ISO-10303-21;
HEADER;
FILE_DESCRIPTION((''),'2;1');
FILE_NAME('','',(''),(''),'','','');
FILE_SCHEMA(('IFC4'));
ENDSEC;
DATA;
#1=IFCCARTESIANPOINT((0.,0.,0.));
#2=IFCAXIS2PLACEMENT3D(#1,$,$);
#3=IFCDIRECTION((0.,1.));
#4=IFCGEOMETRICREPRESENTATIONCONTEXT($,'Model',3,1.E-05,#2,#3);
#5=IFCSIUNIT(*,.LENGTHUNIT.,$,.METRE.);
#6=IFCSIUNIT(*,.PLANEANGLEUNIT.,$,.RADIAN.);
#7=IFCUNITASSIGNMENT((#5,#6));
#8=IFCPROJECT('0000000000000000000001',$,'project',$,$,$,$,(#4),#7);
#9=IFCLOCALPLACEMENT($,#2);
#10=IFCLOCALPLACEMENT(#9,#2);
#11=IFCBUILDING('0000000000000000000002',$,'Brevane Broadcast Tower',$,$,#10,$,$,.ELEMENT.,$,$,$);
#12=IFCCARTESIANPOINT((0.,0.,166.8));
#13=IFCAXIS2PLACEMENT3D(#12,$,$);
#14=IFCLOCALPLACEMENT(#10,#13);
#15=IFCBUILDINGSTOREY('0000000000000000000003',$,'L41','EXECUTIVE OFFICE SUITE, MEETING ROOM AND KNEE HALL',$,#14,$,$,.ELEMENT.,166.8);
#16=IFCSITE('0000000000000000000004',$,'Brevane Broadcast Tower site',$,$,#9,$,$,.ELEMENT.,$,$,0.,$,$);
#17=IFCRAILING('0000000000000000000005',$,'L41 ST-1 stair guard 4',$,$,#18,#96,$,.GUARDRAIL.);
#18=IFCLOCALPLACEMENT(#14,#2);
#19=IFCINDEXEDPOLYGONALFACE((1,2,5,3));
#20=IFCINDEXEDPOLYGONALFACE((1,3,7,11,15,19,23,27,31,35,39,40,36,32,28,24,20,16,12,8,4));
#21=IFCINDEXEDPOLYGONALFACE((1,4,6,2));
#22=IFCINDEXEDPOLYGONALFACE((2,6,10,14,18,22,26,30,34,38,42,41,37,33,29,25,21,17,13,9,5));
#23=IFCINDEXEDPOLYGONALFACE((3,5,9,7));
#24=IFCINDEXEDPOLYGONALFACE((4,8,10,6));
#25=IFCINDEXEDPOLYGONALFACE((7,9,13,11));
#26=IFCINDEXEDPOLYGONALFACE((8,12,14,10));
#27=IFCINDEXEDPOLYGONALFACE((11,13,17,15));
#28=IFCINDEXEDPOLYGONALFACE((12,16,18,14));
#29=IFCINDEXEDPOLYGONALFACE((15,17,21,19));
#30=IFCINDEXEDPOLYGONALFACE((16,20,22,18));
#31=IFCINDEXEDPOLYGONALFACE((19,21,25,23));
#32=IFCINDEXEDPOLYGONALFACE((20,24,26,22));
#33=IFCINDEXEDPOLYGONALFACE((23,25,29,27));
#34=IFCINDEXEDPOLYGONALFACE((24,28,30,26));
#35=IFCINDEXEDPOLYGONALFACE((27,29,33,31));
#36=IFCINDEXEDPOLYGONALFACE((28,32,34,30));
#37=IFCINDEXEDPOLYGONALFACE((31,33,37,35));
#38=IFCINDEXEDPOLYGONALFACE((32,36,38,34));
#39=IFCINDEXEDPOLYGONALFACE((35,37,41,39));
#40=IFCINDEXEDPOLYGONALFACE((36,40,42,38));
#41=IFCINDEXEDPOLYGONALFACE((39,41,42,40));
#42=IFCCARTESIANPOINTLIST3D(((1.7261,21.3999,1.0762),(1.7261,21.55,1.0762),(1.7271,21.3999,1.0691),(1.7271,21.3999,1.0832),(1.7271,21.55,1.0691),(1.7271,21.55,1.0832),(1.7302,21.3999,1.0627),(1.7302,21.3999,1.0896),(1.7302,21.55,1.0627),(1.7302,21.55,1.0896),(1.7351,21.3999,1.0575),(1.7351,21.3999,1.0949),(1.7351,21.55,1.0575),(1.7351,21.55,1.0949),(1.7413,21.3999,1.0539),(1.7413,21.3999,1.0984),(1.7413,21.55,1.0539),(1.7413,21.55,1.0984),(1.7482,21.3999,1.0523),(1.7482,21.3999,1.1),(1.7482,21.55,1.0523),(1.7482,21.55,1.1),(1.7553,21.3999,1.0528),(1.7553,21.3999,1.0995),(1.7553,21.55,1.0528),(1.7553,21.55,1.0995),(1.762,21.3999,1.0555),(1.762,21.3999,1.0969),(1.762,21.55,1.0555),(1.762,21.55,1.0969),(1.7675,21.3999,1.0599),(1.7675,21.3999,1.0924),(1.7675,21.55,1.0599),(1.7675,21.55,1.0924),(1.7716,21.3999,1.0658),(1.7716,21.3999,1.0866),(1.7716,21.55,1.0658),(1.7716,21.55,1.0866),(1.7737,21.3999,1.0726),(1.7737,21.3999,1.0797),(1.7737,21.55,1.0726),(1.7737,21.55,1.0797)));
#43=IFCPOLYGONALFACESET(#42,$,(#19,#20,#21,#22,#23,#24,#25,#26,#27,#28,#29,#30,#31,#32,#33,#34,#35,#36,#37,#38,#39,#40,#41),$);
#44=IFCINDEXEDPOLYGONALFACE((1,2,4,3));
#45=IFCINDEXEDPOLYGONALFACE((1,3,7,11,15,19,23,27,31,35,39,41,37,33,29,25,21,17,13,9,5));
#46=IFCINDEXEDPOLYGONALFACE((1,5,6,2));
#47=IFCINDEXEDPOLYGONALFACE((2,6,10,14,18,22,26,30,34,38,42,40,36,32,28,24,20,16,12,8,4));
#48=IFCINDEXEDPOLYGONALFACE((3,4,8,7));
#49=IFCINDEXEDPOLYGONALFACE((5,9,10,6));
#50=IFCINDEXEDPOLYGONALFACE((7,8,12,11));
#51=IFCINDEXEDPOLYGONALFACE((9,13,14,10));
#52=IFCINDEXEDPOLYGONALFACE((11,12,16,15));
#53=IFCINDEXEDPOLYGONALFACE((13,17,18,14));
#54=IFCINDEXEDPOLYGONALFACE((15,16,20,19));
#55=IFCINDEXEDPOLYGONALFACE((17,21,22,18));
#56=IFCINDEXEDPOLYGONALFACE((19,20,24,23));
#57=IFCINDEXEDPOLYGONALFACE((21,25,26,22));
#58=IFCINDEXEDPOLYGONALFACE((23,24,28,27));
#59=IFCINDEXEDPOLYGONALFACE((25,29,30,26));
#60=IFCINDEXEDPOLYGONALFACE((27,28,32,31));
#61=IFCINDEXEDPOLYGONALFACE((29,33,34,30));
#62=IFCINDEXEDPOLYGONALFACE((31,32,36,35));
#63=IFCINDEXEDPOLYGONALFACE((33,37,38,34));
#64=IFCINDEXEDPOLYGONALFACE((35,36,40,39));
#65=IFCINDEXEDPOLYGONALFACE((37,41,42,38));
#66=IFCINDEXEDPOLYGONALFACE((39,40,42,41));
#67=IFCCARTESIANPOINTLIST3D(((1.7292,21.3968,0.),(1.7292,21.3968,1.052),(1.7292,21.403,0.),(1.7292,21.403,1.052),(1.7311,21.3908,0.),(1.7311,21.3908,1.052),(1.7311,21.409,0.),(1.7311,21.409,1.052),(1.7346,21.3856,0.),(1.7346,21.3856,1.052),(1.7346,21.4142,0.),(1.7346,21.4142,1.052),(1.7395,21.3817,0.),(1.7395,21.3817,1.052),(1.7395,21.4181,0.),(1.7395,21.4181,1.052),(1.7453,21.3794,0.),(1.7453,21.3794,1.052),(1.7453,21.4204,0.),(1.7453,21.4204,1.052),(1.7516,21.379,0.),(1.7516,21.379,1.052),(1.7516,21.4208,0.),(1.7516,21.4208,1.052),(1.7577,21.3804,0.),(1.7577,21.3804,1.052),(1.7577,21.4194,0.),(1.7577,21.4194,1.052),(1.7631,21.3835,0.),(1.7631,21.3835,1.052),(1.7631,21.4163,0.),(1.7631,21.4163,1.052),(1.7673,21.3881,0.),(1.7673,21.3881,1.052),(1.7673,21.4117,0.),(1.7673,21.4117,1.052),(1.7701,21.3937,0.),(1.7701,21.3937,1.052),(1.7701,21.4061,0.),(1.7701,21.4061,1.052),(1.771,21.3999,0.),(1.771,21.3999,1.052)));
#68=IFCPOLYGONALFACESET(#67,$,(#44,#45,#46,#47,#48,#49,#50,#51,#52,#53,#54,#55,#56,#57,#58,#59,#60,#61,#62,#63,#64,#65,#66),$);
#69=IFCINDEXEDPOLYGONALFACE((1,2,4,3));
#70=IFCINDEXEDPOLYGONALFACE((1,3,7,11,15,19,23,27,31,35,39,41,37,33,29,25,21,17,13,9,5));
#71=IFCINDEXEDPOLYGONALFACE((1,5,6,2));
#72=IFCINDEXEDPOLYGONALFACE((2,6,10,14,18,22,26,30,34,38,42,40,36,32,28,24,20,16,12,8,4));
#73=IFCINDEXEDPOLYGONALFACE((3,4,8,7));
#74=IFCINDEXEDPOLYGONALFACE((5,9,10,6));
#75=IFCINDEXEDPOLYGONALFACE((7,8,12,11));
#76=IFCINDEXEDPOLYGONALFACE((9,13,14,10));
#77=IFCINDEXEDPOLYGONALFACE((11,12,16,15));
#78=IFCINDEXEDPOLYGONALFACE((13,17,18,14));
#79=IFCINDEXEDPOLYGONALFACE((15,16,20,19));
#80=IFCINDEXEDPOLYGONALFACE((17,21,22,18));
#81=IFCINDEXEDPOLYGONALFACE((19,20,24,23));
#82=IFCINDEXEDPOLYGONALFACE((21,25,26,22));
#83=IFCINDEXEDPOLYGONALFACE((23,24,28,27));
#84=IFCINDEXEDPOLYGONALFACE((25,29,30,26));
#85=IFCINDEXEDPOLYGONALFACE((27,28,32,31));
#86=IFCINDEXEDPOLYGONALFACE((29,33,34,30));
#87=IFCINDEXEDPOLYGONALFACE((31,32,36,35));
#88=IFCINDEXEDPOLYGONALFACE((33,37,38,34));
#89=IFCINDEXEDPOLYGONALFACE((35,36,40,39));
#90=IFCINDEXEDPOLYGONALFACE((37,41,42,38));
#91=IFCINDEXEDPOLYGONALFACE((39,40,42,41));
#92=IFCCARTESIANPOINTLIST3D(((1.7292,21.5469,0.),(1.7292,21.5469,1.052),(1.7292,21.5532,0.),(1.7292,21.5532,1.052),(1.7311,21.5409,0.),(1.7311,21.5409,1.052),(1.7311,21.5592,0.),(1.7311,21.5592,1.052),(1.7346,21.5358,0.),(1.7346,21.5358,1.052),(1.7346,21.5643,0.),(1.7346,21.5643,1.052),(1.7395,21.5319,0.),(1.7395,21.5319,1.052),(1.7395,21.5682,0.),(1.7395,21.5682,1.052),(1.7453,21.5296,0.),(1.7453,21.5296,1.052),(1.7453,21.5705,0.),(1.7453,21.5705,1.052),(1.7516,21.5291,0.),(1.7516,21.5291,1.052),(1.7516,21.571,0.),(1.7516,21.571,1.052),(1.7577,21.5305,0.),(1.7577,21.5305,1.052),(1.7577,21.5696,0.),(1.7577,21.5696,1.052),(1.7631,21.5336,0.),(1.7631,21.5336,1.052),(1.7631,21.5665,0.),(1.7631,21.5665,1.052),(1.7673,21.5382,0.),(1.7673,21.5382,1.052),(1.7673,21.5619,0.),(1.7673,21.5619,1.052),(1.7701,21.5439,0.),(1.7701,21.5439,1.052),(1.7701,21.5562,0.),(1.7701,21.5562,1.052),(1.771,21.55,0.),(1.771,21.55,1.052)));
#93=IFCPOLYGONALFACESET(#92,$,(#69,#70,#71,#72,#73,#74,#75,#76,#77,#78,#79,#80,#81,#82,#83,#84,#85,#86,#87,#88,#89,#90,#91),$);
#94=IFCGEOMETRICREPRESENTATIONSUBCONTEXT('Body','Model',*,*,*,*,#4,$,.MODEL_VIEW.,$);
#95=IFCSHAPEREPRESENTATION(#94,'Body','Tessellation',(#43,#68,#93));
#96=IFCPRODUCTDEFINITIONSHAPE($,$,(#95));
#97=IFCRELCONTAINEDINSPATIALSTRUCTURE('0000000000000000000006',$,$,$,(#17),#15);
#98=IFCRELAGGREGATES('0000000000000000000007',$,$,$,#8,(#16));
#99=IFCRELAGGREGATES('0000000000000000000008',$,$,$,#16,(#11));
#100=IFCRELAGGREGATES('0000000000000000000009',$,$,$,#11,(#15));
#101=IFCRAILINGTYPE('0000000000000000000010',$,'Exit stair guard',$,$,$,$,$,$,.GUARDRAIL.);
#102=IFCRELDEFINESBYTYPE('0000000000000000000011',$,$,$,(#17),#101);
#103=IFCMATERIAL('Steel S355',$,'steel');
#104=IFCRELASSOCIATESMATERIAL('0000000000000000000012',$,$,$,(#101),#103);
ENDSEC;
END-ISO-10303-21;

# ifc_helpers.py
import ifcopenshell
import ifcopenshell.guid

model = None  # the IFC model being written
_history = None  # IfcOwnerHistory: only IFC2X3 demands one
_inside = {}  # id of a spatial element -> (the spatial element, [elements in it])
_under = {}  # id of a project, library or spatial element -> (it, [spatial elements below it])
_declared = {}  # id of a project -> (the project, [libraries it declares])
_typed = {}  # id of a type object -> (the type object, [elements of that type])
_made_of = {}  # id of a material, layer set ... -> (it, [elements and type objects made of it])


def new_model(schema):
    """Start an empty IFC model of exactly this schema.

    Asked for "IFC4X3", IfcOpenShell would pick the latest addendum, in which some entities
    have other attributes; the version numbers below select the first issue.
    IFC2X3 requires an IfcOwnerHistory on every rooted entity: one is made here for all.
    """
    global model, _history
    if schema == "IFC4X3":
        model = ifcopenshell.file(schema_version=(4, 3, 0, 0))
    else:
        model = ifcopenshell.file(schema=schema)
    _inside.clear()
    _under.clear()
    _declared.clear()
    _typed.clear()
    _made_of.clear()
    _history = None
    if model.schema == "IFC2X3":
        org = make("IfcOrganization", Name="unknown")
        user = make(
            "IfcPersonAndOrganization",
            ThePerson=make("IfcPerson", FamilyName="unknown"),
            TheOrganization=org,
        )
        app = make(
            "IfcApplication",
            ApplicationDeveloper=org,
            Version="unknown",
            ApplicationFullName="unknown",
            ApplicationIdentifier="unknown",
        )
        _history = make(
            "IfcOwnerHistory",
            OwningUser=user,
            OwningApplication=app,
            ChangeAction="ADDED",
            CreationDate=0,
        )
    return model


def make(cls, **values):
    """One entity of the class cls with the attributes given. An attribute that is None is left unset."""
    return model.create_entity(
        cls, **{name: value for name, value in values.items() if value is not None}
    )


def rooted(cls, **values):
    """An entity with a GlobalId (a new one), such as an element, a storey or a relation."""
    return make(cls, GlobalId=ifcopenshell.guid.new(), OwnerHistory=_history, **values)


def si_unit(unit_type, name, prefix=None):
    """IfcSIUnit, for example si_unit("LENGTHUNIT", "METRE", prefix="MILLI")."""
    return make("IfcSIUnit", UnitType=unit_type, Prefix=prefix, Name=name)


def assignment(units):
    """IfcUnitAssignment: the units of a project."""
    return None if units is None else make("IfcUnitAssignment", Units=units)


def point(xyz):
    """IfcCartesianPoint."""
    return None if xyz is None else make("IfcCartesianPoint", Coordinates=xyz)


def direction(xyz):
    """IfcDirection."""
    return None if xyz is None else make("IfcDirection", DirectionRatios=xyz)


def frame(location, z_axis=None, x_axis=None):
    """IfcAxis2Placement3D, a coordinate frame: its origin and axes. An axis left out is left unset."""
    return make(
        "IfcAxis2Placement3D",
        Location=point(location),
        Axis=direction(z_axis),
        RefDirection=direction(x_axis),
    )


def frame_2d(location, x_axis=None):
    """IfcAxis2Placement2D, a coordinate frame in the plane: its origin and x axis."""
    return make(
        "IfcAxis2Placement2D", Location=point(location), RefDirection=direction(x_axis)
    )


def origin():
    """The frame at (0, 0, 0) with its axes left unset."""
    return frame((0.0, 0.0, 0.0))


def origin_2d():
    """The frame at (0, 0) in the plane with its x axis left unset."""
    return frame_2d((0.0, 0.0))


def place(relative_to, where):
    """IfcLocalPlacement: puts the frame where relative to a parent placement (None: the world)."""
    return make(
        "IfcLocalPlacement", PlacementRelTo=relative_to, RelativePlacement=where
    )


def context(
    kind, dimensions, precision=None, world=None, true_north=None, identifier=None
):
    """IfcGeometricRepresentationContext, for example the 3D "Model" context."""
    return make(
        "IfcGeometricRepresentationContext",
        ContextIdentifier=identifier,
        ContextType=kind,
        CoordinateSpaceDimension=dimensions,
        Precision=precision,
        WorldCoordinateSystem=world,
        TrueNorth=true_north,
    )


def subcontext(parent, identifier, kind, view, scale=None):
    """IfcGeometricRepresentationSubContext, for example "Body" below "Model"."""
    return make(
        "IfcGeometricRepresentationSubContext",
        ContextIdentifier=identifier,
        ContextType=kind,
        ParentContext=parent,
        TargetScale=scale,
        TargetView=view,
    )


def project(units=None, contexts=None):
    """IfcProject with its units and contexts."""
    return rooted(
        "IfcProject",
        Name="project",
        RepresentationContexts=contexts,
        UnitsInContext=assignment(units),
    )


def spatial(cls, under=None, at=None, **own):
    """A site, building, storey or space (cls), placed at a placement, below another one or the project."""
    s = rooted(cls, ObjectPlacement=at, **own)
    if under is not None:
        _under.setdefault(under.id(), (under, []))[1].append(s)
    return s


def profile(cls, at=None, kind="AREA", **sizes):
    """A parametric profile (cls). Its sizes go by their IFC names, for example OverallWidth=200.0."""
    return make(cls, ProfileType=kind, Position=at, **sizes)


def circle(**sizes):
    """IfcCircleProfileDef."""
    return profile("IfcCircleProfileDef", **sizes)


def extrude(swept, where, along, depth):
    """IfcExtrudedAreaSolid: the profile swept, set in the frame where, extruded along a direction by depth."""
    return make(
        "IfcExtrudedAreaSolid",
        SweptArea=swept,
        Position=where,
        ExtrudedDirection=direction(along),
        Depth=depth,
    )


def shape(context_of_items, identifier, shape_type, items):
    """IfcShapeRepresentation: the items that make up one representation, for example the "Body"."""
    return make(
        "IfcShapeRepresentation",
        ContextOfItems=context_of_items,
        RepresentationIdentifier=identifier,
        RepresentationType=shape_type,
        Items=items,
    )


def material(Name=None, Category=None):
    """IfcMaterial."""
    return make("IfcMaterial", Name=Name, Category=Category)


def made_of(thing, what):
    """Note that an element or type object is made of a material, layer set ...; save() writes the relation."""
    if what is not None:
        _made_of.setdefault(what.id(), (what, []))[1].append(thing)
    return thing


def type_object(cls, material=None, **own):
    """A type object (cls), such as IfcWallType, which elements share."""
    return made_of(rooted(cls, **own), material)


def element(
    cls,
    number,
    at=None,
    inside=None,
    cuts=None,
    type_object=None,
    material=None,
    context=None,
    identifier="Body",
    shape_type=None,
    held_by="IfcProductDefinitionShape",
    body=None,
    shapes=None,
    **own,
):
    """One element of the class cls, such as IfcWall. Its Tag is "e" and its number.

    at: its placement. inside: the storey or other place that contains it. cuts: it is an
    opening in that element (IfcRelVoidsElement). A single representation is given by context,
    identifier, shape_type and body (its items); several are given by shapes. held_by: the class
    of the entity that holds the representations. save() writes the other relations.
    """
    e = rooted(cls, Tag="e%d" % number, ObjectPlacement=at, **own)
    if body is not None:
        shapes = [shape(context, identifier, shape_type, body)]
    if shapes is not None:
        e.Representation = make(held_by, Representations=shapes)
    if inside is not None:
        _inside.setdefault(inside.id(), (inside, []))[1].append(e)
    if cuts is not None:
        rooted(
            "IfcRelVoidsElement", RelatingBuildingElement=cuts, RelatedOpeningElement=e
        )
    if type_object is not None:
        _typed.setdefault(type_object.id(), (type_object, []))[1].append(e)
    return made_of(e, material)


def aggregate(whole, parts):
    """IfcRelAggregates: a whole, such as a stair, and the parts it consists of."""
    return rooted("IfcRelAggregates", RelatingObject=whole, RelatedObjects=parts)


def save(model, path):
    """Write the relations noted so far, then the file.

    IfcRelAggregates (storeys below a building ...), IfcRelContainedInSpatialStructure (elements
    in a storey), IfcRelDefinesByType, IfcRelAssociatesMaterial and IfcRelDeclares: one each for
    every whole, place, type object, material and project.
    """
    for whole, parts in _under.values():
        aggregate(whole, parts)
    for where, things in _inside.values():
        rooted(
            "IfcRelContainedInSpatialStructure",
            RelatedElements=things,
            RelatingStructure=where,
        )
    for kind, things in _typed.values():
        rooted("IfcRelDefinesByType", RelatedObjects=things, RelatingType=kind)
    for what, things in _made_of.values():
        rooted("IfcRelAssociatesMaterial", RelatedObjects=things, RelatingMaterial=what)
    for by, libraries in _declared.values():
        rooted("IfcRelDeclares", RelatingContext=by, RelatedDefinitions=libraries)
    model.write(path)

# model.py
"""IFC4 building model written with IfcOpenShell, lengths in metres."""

from ifc_helpers import new_model, si_unit, direction, frame, origin, origin_2d, place, context, subcontext, project, spatial, circle, extrude, material, type_object, element, save


model = new_model("IFC4")

# Units and contexts
model_context = context("Model", 3, precision=1e-05, world=origin(), true_north=direction((0.0, 1.0)))
body_context = subcontext(model_context, "Body", "Model", "MODEL_VIEW")
ifc_project = project(units=[si_unit("LENGTHUNIT", "METRE"), si_unit("PLANEANGLEUNIT", "RADIAN")], contexts=[model_context])

# Site, building, storey
site_placement = place(None, origin())
site = spatial("IfcSite", under=ifc_project, at=site_placement, Name="Brevane Broadcast Tower site", CompositionType="ELEMENT", RefElevation=0.0)
building_placement = place(site_placement, origin())
building = spatial("IfcBuilding", under=site, at=building_placement, Name="Brevane Broadcast Tower", CompositionType="ELEMENT")
storey_placement = place(building_placement, frame((0.0, 0.0, 166.8)))
storey = spatial("IfcBuildingStorey", under=building, at=storey_placement, Name="L41", Description="EXECUTIVE OFFICE SUITE, MEETING ROOM AND KNEE HALL", CompositionType="ELEMENT", Elevation=166.8)

# Railing
ifc_material_1 = material(Name="Steel S355", Category="steel")
railing_type_1 = type_object("IfcRailingType", Name="Exit stair guard", PredefinedType="GUARDRAIL", material=ifc_material_1)
railing_1_placement = place(storey_placement, frame((1.75, 21.3999, 0.0)))
element("IfcRailing", 1, at=railing_1_placement, inside=storey, type_object=railing_type_1, Name="L41 ST-1 stair guard 4", PredefinedType="GUARDRAIL", context=body_context, shape_type="SweptSolid", body=[
    extrude(circle(Radius=0.0239, at=origin_2d()), frame((0.0, 0.0, 1.0762), z_axis=(0.0, 1.0, 0.0), x_axis=(-1.0, 0.0, 0.0)), (0.0, 0.0, 1.0), 0.1501),
    extrude(circle(Radius=0.021, at=origin_2d()), origin(), (0.0, 0.0, 1.0), 1.052),
    extrude(circle(Radius=0.021, at=origin_2d()), frame((0.0, 0.1501, 0.0)), (0.0, 0.0, 1.0), 1.052),
])

save(model, "model.ifc")
